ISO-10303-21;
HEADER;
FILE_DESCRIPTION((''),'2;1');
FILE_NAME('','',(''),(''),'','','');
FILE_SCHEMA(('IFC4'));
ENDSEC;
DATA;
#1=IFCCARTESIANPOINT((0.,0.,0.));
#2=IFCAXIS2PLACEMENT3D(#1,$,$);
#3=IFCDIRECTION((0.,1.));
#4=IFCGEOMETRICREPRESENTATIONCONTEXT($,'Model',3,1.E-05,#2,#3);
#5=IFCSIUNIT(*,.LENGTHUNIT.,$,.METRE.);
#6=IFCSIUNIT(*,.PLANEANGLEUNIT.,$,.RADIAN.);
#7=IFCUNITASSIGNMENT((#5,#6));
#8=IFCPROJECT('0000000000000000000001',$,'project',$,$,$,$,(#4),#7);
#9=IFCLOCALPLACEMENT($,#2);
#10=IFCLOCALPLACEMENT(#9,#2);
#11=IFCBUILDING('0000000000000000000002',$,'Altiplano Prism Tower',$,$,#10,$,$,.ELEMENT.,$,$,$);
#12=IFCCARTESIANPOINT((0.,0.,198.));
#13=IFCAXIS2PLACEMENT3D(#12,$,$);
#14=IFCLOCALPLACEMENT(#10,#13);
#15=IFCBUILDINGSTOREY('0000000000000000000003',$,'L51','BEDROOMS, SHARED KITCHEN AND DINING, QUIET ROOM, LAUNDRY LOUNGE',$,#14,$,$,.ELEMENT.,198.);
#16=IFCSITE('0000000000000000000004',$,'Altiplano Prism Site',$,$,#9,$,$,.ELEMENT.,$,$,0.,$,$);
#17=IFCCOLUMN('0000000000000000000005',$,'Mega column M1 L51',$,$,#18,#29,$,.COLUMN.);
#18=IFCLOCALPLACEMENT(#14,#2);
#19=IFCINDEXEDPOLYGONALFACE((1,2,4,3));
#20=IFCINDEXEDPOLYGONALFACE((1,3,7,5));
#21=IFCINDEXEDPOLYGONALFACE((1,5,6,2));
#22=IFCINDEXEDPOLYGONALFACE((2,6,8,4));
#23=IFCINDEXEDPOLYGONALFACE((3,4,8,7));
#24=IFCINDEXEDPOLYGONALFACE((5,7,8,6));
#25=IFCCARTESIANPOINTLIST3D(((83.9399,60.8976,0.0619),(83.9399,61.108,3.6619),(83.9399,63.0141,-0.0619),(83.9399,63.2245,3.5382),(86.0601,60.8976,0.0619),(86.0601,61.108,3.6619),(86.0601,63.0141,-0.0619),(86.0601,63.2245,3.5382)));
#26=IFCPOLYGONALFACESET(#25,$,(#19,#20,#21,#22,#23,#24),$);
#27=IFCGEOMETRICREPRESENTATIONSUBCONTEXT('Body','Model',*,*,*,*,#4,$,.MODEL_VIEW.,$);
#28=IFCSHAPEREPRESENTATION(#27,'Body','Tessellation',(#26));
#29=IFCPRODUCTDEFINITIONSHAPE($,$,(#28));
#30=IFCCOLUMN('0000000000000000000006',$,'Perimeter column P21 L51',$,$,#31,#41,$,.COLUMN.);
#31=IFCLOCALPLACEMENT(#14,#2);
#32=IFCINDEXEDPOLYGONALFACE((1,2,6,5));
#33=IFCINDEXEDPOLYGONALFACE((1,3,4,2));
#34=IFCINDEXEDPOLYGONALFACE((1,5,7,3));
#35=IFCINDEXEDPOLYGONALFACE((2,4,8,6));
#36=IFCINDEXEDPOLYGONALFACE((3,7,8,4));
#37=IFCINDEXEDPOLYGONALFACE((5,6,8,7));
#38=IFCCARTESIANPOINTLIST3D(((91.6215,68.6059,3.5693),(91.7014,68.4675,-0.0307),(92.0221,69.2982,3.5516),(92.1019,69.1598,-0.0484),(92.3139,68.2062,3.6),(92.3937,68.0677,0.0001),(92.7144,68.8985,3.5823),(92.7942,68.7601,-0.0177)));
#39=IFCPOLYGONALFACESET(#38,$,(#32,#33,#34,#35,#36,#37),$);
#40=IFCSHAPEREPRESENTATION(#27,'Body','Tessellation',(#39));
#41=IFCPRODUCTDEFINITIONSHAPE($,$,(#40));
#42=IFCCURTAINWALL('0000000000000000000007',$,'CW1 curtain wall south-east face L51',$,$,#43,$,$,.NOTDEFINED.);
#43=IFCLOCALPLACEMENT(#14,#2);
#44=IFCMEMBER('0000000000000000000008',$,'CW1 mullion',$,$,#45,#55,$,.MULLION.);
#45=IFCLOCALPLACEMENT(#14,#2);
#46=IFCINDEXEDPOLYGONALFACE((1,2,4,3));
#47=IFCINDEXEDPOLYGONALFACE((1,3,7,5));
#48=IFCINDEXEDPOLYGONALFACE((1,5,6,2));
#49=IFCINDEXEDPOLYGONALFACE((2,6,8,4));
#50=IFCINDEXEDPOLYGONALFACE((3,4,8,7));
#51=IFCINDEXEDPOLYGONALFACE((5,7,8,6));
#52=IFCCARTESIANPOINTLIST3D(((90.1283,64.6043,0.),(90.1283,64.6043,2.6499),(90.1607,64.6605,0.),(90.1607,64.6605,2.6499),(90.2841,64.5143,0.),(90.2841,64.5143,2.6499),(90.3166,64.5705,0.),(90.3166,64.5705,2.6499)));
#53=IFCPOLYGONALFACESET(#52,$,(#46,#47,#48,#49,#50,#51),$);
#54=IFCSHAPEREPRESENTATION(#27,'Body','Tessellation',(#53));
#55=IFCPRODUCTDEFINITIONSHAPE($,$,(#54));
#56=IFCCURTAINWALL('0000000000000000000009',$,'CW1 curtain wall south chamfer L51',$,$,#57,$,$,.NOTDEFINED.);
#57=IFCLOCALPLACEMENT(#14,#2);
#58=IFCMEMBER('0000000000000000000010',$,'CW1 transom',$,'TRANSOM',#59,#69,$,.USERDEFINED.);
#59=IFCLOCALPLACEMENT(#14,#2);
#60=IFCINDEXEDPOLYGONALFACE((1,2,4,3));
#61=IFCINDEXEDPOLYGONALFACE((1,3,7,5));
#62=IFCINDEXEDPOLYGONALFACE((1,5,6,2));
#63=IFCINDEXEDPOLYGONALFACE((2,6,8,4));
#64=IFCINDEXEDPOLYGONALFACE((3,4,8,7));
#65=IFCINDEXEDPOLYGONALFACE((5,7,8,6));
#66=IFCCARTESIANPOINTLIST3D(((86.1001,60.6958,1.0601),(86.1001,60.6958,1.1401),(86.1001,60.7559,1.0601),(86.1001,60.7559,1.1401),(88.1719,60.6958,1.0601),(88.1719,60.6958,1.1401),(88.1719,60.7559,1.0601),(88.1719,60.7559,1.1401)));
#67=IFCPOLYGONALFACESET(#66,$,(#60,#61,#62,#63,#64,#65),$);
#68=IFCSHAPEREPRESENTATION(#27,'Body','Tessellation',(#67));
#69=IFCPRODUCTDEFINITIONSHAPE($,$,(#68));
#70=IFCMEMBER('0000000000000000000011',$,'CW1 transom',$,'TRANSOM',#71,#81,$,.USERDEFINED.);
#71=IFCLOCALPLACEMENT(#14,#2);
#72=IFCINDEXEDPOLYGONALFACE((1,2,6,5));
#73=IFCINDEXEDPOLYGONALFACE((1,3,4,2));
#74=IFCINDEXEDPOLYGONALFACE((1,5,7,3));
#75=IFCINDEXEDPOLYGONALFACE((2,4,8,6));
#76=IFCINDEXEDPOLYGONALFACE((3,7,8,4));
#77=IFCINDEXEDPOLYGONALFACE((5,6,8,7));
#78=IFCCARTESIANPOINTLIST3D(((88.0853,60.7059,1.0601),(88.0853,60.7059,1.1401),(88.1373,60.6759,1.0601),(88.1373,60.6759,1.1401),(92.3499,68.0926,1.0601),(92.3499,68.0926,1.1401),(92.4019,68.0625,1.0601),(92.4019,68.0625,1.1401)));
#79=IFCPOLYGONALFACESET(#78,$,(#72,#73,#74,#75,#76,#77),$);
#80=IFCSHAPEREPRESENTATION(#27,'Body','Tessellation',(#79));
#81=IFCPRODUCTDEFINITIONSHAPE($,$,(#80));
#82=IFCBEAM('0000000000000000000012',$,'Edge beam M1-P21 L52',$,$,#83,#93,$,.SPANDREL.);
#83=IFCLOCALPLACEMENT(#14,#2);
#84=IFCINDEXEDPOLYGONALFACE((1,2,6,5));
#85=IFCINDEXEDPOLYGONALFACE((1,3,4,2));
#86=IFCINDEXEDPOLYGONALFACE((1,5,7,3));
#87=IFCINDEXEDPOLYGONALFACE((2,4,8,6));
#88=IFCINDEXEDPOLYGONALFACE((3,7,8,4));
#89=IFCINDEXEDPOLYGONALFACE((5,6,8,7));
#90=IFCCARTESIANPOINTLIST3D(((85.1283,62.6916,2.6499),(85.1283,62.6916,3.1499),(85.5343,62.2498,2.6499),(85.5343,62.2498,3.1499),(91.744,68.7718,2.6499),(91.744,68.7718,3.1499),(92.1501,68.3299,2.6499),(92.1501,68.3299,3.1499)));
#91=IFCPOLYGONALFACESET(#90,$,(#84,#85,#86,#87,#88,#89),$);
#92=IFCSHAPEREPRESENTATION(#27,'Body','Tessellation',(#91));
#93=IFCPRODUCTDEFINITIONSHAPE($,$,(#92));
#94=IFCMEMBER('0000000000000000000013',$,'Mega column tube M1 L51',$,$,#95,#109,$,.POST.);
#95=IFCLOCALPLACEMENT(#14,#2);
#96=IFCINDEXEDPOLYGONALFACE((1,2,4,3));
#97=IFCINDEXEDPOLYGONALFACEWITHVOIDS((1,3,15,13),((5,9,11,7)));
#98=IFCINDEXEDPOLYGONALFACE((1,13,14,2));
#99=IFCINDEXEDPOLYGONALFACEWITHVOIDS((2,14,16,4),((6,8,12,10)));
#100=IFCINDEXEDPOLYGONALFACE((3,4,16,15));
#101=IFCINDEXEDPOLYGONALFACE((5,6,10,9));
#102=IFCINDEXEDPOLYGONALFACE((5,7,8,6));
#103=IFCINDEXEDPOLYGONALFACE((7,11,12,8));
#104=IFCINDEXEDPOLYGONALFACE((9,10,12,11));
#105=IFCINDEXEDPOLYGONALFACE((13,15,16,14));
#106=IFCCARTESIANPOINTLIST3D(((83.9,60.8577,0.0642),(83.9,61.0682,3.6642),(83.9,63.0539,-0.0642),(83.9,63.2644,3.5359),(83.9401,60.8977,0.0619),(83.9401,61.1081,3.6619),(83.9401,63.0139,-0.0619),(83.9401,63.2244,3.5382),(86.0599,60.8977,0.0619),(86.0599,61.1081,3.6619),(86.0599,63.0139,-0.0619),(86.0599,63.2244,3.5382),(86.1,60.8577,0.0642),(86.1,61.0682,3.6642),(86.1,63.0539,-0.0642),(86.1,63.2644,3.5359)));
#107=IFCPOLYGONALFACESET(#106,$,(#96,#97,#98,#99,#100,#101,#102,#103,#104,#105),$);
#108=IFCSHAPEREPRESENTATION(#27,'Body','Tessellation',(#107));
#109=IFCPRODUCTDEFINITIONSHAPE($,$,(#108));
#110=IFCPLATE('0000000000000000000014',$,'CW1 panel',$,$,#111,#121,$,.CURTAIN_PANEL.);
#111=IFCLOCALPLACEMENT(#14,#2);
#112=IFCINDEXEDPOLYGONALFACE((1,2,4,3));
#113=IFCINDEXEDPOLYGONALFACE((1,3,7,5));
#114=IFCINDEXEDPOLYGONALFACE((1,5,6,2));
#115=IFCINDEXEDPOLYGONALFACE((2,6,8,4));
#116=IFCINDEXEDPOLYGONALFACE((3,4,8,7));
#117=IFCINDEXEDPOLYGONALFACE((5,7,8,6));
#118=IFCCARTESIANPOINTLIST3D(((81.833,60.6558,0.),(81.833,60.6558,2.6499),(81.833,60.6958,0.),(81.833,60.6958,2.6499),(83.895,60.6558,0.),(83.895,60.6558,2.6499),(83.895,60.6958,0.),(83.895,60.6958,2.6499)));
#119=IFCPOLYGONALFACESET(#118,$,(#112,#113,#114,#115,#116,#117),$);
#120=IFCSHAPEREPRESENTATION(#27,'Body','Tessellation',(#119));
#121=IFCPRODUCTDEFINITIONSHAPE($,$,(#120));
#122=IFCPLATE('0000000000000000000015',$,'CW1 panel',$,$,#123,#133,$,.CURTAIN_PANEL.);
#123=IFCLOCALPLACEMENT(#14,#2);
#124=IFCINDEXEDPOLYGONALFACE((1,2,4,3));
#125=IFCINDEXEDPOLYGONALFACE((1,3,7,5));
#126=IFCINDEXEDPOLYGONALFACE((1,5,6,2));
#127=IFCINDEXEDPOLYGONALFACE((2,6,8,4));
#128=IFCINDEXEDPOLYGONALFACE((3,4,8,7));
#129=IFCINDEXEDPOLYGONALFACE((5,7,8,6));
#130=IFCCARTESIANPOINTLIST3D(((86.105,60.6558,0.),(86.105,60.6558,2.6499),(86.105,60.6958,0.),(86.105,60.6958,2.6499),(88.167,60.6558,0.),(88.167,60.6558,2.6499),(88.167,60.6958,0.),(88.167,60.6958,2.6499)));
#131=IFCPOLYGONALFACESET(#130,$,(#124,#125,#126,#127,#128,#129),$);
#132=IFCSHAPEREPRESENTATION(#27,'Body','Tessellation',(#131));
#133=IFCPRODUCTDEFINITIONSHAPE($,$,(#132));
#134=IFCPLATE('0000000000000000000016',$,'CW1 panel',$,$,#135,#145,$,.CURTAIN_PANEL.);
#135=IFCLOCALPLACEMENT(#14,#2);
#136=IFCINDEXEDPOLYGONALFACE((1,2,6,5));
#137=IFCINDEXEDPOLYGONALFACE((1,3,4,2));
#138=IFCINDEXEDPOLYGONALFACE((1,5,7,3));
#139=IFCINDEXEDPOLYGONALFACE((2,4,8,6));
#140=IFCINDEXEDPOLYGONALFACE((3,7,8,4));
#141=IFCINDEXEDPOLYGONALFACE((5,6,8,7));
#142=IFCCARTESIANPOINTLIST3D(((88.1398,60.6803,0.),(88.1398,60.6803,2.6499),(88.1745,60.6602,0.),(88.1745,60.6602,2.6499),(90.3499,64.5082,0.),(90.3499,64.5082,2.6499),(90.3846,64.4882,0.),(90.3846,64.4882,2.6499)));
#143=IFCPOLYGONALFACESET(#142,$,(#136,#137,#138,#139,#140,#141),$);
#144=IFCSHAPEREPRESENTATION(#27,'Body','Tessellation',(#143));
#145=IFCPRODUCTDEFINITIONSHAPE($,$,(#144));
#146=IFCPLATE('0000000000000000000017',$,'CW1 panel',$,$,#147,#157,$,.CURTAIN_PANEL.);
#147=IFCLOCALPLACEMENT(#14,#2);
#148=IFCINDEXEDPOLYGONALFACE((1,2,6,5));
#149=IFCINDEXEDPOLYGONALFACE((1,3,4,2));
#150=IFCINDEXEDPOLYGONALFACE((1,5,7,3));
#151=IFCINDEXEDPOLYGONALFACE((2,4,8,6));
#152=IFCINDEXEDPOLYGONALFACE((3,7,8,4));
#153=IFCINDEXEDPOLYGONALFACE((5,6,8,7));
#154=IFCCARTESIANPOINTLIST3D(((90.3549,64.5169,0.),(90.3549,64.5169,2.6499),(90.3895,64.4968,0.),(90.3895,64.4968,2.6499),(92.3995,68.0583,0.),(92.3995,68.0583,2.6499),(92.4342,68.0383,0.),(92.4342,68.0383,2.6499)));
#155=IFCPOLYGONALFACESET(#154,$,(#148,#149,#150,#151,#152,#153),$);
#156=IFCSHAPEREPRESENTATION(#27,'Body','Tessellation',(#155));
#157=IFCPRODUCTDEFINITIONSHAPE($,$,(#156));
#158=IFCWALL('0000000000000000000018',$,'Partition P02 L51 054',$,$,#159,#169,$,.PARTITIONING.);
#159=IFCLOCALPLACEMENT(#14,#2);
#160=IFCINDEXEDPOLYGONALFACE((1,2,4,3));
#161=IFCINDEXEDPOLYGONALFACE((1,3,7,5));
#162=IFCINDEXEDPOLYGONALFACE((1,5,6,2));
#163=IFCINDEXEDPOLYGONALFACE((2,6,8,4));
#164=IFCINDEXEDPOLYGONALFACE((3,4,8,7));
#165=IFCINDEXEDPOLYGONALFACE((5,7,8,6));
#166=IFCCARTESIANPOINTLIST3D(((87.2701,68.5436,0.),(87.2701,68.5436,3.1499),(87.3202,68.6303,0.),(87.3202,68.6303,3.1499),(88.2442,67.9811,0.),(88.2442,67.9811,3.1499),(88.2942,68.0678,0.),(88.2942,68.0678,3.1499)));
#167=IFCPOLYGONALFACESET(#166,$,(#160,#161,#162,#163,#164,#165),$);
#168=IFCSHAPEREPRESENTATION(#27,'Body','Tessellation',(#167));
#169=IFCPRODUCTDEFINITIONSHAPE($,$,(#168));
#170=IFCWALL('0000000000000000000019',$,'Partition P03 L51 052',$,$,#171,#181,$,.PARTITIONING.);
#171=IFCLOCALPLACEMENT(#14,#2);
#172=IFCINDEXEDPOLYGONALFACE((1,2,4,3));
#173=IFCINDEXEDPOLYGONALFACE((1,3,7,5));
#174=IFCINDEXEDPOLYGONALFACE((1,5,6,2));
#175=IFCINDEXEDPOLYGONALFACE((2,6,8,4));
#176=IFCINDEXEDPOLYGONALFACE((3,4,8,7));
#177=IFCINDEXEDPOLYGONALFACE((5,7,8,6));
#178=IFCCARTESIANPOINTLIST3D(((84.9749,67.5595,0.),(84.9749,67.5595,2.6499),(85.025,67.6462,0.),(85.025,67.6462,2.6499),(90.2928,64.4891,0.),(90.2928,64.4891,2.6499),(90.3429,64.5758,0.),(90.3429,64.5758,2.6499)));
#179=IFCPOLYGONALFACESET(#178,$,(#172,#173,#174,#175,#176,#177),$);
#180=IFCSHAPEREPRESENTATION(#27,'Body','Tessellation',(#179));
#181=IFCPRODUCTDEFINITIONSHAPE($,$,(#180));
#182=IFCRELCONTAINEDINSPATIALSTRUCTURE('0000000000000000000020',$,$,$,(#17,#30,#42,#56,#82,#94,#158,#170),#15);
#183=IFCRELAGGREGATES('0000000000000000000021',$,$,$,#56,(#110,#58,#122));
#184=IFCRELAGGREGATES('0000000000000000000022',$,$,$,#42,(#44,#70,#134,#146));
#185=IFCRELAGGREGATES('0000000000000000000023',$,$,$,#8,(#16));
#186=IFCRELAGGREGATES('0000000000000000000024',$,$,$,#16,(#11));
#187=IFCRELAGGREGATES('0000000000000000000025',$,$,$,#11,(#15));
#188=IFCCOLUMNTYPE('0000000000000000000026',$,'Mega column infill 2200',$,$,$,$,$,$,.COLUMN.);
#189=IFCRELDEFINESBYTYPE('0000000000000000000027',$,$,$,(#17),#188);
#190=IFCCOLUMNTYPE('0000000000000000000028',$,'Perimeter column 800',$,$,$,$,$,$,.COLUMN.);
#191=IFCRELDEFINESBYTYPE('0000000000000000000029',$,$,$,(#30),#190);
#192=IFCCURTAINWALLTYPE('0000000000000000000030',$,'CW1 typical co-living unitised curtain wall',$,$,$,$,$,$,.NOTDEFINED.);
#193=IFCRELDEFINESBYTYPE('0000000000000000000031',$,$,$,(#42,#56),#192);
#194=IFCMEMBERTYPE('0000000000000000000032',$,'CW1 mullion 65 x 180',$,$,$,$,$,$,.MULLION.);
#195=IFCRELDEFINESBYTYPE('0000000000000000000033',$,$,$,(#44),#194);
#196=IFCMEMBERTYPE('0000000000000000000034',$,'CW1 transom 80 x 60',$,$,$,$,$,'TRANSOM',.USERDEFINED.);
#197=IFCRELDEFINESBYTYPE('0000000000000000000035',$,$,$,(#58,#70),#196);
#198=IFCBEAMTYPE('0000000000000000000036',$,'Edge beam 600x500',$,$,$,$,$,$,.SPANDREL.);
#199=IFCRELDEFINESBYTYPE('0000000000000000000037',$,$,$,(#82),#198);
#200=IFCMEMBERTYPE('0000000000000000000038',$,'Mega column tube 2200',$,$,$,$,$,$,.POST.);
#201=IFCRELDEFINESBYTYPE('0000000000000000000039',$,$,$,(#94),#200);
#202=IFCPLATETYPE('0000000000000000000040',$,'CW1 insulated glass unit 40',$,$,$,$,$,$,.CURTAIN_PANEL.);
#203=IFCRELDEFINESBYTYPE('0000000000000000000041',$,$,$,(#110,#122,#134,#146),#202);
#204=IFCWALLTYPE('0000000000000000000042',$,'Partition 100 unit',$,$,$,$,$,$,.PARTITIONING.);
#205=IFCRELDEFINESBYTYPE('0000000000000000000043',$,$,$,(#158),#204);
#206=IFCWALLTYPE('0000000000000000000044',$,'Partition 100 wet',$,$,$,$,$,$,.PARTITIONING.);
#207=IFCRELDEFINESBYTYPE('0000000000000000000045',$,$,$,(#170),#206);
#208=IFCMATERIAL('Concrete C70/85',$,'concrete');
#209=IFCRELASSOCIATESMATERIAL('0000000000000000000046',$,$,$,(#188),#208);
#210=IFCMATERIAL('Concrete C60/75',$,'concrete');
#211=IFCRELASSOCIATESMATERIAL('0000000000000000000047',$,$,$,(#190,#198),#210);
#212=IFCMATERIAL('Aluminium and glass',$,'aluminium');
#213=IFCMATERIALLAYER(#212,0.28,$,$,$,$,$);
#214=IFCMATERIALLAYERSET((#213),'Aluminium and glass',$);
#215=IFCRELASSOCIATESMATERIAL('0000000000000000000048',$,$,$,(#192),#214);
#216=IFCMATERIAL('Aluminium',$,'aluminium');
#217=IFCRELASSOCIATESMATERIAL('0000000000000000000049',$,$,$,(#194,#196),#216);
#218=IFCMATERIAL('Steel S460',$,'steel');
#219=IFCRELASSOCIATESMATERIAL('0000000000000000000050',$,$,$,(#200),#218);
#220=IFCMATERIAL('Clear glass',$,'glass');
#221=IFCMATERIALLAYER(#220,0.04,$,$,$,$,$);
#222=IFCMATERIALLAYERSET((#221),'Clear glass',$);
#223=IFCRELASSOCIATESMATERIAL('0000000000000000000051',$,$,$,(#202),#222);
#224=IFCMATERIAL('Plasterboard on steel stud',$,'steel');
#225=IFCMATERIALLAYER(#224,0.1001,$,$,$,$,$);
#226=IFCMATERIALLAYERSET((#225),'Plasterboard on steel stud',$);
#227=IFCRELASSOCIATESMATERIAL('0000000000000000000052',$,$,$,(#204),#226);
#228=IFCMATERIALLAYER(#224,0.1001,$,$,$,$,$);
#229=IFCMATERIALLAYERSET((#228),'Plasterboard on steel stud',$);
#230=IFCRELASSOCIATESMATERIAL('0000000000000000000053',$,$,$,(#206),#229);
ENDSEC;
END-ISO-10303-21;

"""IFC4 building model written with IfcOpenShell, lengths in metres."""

from ifc_helpers import new_model, si_unit, direction, frame, frame_2d, origin, origin_2d, place, context, subcontext, project, spatial, rectangle, hollow_rectangle, extrude, material, layer, layer_set, material_profile, profile_set, type_object, element, aggregate, save


model = new_model("IFC4")

# Units and contexts
model_context = context("Model", 3, precision=1e-05, world=origin(), true_north=direction((0.0, 1.0)))
body_context = subcontext(model_context, "Body", "Model", "MODEL_VIEW")
ifc_project = project(units=[si_unit("LENGTHUNIT", "METRE"), si_unit("PLANEANGLEUNIT", "RADIAN")], contexts=[model_context])

# Site, building, storey
site_placement = place(None, origin())
site = spatial("IfcSite", under=ifc_project, at=site_placement, Name="Altiplano Prism Site", CompositionType="ELEMENT", RefElevation=0.0)
building_placement = place(site_placement, origin())
building = spatial("IfcBuilding", under=site, at=building_placement, Name="Altiplano Prism Tower", CompositionType="ELEMENT")
storey_placement = place(building_placement, frame((0.0, 0.0, 198.0)))
storey = spatial("IfcBuildingStorey", under=building, at=storey_placement, Name="L51", Description="BEDROOMS, SHARED KITCHEN AND DINING, QUIET ROOM, LAUNDRY LOUNGE", CompositionType="ELEMENT", Elevation=198.0)

# Columns
ifc_material_1 = material(Name="Concrete C70/85", Category="concrete")
ifc_material_profile_1 = material_profile(ifc_material_1, rectangle(XDim=2.1201, YDim=2.1201, at=origin_2d()), Name="Mega column infill 2200")
ifc_profile_set_1 = profile_set([ifc_material_profile_1], Name="Concrete C70/85")
column_type_1 = type_object("IfcColumnType", Name="Mega column infill 2200", PredefinedType="COLUMN", material=ifc_profile_set_1)
column_1_placement = place(storey_placement, frame((85.0, 61.9558, 0.0), z_axis=(0.0, 0.058357, 0.998296), x_axis=(-1.0, 0.0, 0.0)))
element("IfcColumn", 1, at=column_1_placement, inside=storey, type_object=column_type_1, Name="Mega column M1 L51", PredefinedType="COLUMN", context=body_context, shape_type="SweptSolid", body=[
    extrude(rectangle(XDim=2.1201, YDim=2.1201, at=origin_2d()), origin(), (0.0, 0.0, 1.0), 3.6062),
])
ifc_material_2 = material(Name="Concrete C60/75", Category="concrete")
ifc_material_profile_2 = material_profile(ifc_material_2, rectangle(XDim=0.8, YDim=0.8, at=origin_2d()), Name="Perimeter column 800")
ifc_profile_set_2 = profile_set([ifc_material_profile_2], Name="Concrete C60/75")
column_type_2 = type_object("IfcColumnType", Name="Perimeter column 800", PredefinedType="COLUMN", material=ifc_profile_set_2)
column_2_placement = place(storey_placement, frame((92.2478, 68.6138, -0.0242), z_axis=(-0.022155, 0.038416, 0.999016), x_axis=(-0.500657, -0.865361, 0.022173)))
element("IfcColumn", 2, at=column_2_placement, inside=storey, type_object=column_type_2, Name="Perimeter column P21 L51", PredefinedType="COLUMN", context=body_context, shape_type="SweptSolid", body=[
    extrude(rectangle(XDim=0.8, YDim=0.8, at=origin_2d()), origin(), (0.0, 0.0, 1.0), 3.6035),
])

# Curtain walls, members
ifc_material_3 = material(Name="Aluminium and glass", Category="aluminium")
ifc_layer_1 = layer(ifc_material_3, 0.28)
ifc_layer_set_1 = layer_set([ifc_layer_1], Name="Aluminium and glass")
curtain_wall_type = type_object("IfcCurtainWallType", Name="CW1 typical co-living unitised curtain wall", PredefinedType="NOTDEFINED", material=ifc_layer_set_1)
curtain_wall_1_placement = place(storey_placement, origin())
curtain_wall_1 = element("IfcCurtainWall", 3, at=curtain_wall_1_placement, inside=storey, type_object=curtain_wall_type, Name="CW1 curtain wall south-east face L51", PredefinedType="NOTDEFINED")
ifc_material_4 = material(Name="Aluminium", Category="aluminium")
ifc_material_profile_3 = material_profile(ifc_material_4, rectangle(XDim=0.1799, YDim=0.0649, at=origin_2d()), Name="CW1 mullion 65 x 180")
ifc_profile_set_3 = profile_set([ifc_material_profile_3], Name="Aluminium")
member_type_1 = type_object("IfcMemberType", Name="CW1 mullion 65 x 180", PredefinedType="MULLION", material=ifc_profile_set_3)
member_1_placement = place(storey_placement, frame((90.2224, 64.5874, 0.0), z_axis=(0.0, 0.0, 1.0), x_axis=(-0.866025, 0.5, 0.0)))
member_1 = element("IfcMember", 4, at=member_1_placement, type_object=member_type_1, Name="CW1 mullion", PredefinedType="MULLION", context=body_context, shape_type="SweptSolid", body=[
    extrude(rectangle(XDim=0.1799, YDim=0.0649, at=origin_2d()), origin(), (0.0, 0.0, 1.0), 2.6499),
])
curtain_wall_2_placement = place(storey_placement, origin())
curtain_wall_2 = element("IfcCurtainWall", 5, at=curtain_wall_2_placement, inside=storey, type_object=curtain_wall_type, Name="CW1 curtain wall south chamfer L51", PredefinedType="NOTDEFINED")
ifc_material_profile_4 = material_profile(ifc_material_4, rectangle(XDim=0.0601, YDim=0.0801, at=origin_2d()), Name="CW1 transom 80 x 60")
ifc_profile_set_4 = profile_set([ifc_material_profile_4], Name="Aluminium")
member_type_2 = type_object("IfcMemberType", Name="CW1 transom 80 x 60", ElementType="TRANSOM", PredefinedType="USERDEFINED", material=ifc_profile_set_4)
member_2_placement = place(storey_placement, frame((86.1001, 60.7258, 1.1001), z_axis=(1.0, 0.0, 0.0), x_axis=(0.0, 1.0, 0.0)))
member_2 = element("IfcMember", 6, at=member_2_placement, type_object=member_type_2, Name="CW1 transom", ObjectType="TRANSOM", PredefinedType="USERDEFINED", context=body_context, shape_type="SweptSolid", body=[
    extrude(rectangle(XDim=0.0601, YDim=0.0801, at=origin_2d()), origin(), (0.0, 0.0, 1.0), 2.0718),
])

# Member
member_3_placement = place(storey_placement, frame((88.1113, 60.6909, 1.1001), z_axis=(0.499993, 0.866029, 0.0), x_axis=(-0.866029, 0.499993, 0.0)))
member_3 = element("IfcMember", 7, at=member_3_placement, type_object=member_type_2, Name="CW1 transom", ObjectType="TRANSOM", PredefinedType="USERDEFINED", context=body_context, shape_type="SweptSolid", body=[
    extrude(rectangle(XDim=0.0601, YDim=0.0801, at=origin_2d()), origin(), (0.0, 0.0, 1.0), 8.5293),
])

# Beam
ifc_material_profile_5 = material_profile(ifc_material_2, rectangle(XDim=0.6001, YDim=0.5, at=origin_2d()), Name="Edge beam 600x500")
ifc_profile_set_5 = profile_set([ifc_material_profile_5], Name="Concrete C60/75")
beam_type = type_object("IfcBeamType", Name="Edge beam 600x500", PredefinedType="SPANDREL", material=ifc_profile_set_5)
beam_placement = place(storey_placement, frame((85.3313, 62.4707, 2.8999), z_axis=(0.736285, 0.676671, 0.0), x_axis=(-0.676671, 0.736285, 0.0)))
element("IfcBeam", 8, at=beam_placement, inside=storey, type_object=beam_type, Name="Edge beam M1-P21 L52", PredefinedType="SPANDREL", context=body_context, shape_type="SweptSolid", body=[
    extrude(rectangle(XDim=0.6001, YDim=0.5, at=origin_2d()), origin(), (0.0, 0.0, 1.0), 8.9854),
])

# Member
ifc_material_5 = material(Name="Steel S460", Category="steel")
ifc_material_profile_6 = material_profile(ifc_material_5, hollow_rectangle(XDim=2.2, YDim=2.2, WallThickness=0.04, at=origin_2d()), Name="Mega column tube 2200")
ifc_profile_set_6 = profile_set([ifc_material_profile_6], Name="Steel S460")
member_type_3 = type_object("IfcMemberType", Name="Mega column tube 2200", PredefinedType="POST", material=ifc_profile_set_6)
member_4_placement = place(storey_placement, frame((85.0, 61.9558, 0.0), z_axis=(0.0, 0.058357, 0.998296), x_axis=(-1.0, 0.0, 0.0)))
element("IfcMember", 9, at=member_4_placement, inside=storey, type_object=member_type_3, Name="Mega column tube M1 L51", PredefinedType="POST", context=body_context, shape_type="SweptSolid", body=[
    extrude(hollow_rectangle(XDim=2.2, YDim=2.2, WallThickness=0.04, at=origin_2d()), origin(), (0.0, 0.0, 1.0), 3.6062),
])

# Plates
ifc_material_6 = material(Name="Clear glass", Category="glass")
ifc_layer_2 = layer(ifc_material_6, 0.04)
ifc_layer_set_2 = layer_set([ifc_layer_2], Name="Clear glass")
plate_type = type_object("IfcPlateType", Name="CW1 insulated glass unit 40", PredefinedType="CURTAIN_PANEL", material=ifc_layer_set_2)
plate_1_placement = place(storey_placement, frame((82.864, 60.6758, 0.0), z_axis=(0.0, 0.0, 1.0), x_axis=(1.0, 0.0, 0.0)))
plate_1 = element("IfcPlate", 10, at=plate_1_placement, type_object=plate_type, Name="CW1 panel", PredefinedType="CURTAIN_PANEL", context=body_context, shape_type="SweptSolid", body=[
    extrude(rectangle(XDim=2.062, YDim=0.04, at=origin_2d()), origin(), (0.0, 0.0, 1.0), 2.6499),
])
plate_2_placement = place(storey_placement, frame((87.136, 60.6758, 0.0), z_axis=(0.0, 0.0, 1.0), x_axis=(1.0, 0.0, 0.0)))
plate_2 = element("IfcPlate", 11, at=plate_2_placement, type_object=plate_type, Name="CW1 panel", PredefinedType="CURTAIN_PANEL", context=body_context, shape_type="SweptSolid", body=[
    extrude(rectangle(XDim=2.062, YDim=0.04, at=origin_2d()), origin(), (0.0, 0.0, 1.0), 2.6499),
])
aggregate(curtain_wall_2, [plate_1, member_2, plate_2])
plate_3_placement = place(storey_placement, frame((89.2622, 62.5842, 0.0), z_axis=(0.0, 0.0, 1.0), x_axis=(0.5, 0.866025, 0.0)))
plate_3 = element("IfcPlate", 12, at=plate_3_placement, type_object=plate_type, Name="CW1 panel", PredefinedType="CURTAIN_PANEL", context=body_context, shape_type="SweptSolid", body=[
    extrude(rectangle(XDim=4.4202, YDim=0.04, at=origin_2d()), origin(), (0.0, 0.0, 1.0), 2.6499),
])
plate_4_placement = place(storey_placement, frame((91.3945, 66.2776, 0.0), z_axis=(0.0, 0.0, 1.0), x_axis=(0.5, 0.866025, 0.0)))
plate_4 = element("IfcPlate", 13, at=plate_4_placement, type_object=plate_type, Name="CW1 panel", PredefinedType="CURTAIN_PANEL", context=body_context, shape_type="SweptSolid", body=[
    extrude(rectangle(XDim=4.0894, YDim=0.04, at=origin_2d()), origin(), (0.0, 0.0, 1.0), 2.6499),
])
aggregate(curtain_wall_1, [member_1, member_3, plate_3, plate_4])

# Walls
ifc_material_7 = material(Name="Plasterboard on steel stud", Category="steel")
ifc_layer_3 = layer(ifc_material_7, 0.1001)
ifc_layer_set_3 = layer_set([ifc_layer_3], Name="Plasterboard on steel stud")
wall_type_1 = type_object("IfcWallType", Name="Partition 100 unit", PredefinedType="PARTITIONING", material=ifc_layer_set_3)
wall_1_placement = place(storey_placement, frame((88.2693, 68.0244, 0.0), z_axis=(0.0, 0.0, 1.0), x_axis=(-0.86599, 0.500061, 0.0)))
element("IfcWall", 14, at=wall_1_placement, inside=storey, type_object=wall_type_1, Name="Partition P02 L51 054", PredefinedType="PARTITIONING", context=body_context, shape_type="SweptSolid", body=[
    extrude(rectangle(XDim=1.1248, YDim=0.1001, at=frame_2d((0.5625, 0.0))), origin(), (0.0, 0.0, 1.0), 3.1499),
])
ifc_layer_4 = layer(ifc_material_7, 0.1001)
ifc_layer_set_4 = layer_set([ifc_layer_4], Name="Plasterboard on steel stud")
wall_type_2 = type_object("IfcWallType", Name="Partition 100 wet", PredefinedType="PARTITIONING", material=ifc_layer_set_4)
wall_2_placement = place(storey_placement, frame((90.3179, 64.5325, 0.0), z_axis=(0.0, 0.0, 1.0), x_axis=(-0.866023, 0.500005, 0.0)))
element("IfcWall", 15, at=wall_2_placement, inside=storey, type_object=wall_type_2, Name="Partition P03 L51 052", PredefinedType="PARTITIONING", context=body_context, shape_type="SweptSolid", body=[
    extrude(rectangle(XDim=6.1406, YDim=0.1001, at=frame_2d((3.0703, 0.0))), origin(), (0.0, 0.0, 1.0), 2.6499),
])

save(model, "model.ifc")
